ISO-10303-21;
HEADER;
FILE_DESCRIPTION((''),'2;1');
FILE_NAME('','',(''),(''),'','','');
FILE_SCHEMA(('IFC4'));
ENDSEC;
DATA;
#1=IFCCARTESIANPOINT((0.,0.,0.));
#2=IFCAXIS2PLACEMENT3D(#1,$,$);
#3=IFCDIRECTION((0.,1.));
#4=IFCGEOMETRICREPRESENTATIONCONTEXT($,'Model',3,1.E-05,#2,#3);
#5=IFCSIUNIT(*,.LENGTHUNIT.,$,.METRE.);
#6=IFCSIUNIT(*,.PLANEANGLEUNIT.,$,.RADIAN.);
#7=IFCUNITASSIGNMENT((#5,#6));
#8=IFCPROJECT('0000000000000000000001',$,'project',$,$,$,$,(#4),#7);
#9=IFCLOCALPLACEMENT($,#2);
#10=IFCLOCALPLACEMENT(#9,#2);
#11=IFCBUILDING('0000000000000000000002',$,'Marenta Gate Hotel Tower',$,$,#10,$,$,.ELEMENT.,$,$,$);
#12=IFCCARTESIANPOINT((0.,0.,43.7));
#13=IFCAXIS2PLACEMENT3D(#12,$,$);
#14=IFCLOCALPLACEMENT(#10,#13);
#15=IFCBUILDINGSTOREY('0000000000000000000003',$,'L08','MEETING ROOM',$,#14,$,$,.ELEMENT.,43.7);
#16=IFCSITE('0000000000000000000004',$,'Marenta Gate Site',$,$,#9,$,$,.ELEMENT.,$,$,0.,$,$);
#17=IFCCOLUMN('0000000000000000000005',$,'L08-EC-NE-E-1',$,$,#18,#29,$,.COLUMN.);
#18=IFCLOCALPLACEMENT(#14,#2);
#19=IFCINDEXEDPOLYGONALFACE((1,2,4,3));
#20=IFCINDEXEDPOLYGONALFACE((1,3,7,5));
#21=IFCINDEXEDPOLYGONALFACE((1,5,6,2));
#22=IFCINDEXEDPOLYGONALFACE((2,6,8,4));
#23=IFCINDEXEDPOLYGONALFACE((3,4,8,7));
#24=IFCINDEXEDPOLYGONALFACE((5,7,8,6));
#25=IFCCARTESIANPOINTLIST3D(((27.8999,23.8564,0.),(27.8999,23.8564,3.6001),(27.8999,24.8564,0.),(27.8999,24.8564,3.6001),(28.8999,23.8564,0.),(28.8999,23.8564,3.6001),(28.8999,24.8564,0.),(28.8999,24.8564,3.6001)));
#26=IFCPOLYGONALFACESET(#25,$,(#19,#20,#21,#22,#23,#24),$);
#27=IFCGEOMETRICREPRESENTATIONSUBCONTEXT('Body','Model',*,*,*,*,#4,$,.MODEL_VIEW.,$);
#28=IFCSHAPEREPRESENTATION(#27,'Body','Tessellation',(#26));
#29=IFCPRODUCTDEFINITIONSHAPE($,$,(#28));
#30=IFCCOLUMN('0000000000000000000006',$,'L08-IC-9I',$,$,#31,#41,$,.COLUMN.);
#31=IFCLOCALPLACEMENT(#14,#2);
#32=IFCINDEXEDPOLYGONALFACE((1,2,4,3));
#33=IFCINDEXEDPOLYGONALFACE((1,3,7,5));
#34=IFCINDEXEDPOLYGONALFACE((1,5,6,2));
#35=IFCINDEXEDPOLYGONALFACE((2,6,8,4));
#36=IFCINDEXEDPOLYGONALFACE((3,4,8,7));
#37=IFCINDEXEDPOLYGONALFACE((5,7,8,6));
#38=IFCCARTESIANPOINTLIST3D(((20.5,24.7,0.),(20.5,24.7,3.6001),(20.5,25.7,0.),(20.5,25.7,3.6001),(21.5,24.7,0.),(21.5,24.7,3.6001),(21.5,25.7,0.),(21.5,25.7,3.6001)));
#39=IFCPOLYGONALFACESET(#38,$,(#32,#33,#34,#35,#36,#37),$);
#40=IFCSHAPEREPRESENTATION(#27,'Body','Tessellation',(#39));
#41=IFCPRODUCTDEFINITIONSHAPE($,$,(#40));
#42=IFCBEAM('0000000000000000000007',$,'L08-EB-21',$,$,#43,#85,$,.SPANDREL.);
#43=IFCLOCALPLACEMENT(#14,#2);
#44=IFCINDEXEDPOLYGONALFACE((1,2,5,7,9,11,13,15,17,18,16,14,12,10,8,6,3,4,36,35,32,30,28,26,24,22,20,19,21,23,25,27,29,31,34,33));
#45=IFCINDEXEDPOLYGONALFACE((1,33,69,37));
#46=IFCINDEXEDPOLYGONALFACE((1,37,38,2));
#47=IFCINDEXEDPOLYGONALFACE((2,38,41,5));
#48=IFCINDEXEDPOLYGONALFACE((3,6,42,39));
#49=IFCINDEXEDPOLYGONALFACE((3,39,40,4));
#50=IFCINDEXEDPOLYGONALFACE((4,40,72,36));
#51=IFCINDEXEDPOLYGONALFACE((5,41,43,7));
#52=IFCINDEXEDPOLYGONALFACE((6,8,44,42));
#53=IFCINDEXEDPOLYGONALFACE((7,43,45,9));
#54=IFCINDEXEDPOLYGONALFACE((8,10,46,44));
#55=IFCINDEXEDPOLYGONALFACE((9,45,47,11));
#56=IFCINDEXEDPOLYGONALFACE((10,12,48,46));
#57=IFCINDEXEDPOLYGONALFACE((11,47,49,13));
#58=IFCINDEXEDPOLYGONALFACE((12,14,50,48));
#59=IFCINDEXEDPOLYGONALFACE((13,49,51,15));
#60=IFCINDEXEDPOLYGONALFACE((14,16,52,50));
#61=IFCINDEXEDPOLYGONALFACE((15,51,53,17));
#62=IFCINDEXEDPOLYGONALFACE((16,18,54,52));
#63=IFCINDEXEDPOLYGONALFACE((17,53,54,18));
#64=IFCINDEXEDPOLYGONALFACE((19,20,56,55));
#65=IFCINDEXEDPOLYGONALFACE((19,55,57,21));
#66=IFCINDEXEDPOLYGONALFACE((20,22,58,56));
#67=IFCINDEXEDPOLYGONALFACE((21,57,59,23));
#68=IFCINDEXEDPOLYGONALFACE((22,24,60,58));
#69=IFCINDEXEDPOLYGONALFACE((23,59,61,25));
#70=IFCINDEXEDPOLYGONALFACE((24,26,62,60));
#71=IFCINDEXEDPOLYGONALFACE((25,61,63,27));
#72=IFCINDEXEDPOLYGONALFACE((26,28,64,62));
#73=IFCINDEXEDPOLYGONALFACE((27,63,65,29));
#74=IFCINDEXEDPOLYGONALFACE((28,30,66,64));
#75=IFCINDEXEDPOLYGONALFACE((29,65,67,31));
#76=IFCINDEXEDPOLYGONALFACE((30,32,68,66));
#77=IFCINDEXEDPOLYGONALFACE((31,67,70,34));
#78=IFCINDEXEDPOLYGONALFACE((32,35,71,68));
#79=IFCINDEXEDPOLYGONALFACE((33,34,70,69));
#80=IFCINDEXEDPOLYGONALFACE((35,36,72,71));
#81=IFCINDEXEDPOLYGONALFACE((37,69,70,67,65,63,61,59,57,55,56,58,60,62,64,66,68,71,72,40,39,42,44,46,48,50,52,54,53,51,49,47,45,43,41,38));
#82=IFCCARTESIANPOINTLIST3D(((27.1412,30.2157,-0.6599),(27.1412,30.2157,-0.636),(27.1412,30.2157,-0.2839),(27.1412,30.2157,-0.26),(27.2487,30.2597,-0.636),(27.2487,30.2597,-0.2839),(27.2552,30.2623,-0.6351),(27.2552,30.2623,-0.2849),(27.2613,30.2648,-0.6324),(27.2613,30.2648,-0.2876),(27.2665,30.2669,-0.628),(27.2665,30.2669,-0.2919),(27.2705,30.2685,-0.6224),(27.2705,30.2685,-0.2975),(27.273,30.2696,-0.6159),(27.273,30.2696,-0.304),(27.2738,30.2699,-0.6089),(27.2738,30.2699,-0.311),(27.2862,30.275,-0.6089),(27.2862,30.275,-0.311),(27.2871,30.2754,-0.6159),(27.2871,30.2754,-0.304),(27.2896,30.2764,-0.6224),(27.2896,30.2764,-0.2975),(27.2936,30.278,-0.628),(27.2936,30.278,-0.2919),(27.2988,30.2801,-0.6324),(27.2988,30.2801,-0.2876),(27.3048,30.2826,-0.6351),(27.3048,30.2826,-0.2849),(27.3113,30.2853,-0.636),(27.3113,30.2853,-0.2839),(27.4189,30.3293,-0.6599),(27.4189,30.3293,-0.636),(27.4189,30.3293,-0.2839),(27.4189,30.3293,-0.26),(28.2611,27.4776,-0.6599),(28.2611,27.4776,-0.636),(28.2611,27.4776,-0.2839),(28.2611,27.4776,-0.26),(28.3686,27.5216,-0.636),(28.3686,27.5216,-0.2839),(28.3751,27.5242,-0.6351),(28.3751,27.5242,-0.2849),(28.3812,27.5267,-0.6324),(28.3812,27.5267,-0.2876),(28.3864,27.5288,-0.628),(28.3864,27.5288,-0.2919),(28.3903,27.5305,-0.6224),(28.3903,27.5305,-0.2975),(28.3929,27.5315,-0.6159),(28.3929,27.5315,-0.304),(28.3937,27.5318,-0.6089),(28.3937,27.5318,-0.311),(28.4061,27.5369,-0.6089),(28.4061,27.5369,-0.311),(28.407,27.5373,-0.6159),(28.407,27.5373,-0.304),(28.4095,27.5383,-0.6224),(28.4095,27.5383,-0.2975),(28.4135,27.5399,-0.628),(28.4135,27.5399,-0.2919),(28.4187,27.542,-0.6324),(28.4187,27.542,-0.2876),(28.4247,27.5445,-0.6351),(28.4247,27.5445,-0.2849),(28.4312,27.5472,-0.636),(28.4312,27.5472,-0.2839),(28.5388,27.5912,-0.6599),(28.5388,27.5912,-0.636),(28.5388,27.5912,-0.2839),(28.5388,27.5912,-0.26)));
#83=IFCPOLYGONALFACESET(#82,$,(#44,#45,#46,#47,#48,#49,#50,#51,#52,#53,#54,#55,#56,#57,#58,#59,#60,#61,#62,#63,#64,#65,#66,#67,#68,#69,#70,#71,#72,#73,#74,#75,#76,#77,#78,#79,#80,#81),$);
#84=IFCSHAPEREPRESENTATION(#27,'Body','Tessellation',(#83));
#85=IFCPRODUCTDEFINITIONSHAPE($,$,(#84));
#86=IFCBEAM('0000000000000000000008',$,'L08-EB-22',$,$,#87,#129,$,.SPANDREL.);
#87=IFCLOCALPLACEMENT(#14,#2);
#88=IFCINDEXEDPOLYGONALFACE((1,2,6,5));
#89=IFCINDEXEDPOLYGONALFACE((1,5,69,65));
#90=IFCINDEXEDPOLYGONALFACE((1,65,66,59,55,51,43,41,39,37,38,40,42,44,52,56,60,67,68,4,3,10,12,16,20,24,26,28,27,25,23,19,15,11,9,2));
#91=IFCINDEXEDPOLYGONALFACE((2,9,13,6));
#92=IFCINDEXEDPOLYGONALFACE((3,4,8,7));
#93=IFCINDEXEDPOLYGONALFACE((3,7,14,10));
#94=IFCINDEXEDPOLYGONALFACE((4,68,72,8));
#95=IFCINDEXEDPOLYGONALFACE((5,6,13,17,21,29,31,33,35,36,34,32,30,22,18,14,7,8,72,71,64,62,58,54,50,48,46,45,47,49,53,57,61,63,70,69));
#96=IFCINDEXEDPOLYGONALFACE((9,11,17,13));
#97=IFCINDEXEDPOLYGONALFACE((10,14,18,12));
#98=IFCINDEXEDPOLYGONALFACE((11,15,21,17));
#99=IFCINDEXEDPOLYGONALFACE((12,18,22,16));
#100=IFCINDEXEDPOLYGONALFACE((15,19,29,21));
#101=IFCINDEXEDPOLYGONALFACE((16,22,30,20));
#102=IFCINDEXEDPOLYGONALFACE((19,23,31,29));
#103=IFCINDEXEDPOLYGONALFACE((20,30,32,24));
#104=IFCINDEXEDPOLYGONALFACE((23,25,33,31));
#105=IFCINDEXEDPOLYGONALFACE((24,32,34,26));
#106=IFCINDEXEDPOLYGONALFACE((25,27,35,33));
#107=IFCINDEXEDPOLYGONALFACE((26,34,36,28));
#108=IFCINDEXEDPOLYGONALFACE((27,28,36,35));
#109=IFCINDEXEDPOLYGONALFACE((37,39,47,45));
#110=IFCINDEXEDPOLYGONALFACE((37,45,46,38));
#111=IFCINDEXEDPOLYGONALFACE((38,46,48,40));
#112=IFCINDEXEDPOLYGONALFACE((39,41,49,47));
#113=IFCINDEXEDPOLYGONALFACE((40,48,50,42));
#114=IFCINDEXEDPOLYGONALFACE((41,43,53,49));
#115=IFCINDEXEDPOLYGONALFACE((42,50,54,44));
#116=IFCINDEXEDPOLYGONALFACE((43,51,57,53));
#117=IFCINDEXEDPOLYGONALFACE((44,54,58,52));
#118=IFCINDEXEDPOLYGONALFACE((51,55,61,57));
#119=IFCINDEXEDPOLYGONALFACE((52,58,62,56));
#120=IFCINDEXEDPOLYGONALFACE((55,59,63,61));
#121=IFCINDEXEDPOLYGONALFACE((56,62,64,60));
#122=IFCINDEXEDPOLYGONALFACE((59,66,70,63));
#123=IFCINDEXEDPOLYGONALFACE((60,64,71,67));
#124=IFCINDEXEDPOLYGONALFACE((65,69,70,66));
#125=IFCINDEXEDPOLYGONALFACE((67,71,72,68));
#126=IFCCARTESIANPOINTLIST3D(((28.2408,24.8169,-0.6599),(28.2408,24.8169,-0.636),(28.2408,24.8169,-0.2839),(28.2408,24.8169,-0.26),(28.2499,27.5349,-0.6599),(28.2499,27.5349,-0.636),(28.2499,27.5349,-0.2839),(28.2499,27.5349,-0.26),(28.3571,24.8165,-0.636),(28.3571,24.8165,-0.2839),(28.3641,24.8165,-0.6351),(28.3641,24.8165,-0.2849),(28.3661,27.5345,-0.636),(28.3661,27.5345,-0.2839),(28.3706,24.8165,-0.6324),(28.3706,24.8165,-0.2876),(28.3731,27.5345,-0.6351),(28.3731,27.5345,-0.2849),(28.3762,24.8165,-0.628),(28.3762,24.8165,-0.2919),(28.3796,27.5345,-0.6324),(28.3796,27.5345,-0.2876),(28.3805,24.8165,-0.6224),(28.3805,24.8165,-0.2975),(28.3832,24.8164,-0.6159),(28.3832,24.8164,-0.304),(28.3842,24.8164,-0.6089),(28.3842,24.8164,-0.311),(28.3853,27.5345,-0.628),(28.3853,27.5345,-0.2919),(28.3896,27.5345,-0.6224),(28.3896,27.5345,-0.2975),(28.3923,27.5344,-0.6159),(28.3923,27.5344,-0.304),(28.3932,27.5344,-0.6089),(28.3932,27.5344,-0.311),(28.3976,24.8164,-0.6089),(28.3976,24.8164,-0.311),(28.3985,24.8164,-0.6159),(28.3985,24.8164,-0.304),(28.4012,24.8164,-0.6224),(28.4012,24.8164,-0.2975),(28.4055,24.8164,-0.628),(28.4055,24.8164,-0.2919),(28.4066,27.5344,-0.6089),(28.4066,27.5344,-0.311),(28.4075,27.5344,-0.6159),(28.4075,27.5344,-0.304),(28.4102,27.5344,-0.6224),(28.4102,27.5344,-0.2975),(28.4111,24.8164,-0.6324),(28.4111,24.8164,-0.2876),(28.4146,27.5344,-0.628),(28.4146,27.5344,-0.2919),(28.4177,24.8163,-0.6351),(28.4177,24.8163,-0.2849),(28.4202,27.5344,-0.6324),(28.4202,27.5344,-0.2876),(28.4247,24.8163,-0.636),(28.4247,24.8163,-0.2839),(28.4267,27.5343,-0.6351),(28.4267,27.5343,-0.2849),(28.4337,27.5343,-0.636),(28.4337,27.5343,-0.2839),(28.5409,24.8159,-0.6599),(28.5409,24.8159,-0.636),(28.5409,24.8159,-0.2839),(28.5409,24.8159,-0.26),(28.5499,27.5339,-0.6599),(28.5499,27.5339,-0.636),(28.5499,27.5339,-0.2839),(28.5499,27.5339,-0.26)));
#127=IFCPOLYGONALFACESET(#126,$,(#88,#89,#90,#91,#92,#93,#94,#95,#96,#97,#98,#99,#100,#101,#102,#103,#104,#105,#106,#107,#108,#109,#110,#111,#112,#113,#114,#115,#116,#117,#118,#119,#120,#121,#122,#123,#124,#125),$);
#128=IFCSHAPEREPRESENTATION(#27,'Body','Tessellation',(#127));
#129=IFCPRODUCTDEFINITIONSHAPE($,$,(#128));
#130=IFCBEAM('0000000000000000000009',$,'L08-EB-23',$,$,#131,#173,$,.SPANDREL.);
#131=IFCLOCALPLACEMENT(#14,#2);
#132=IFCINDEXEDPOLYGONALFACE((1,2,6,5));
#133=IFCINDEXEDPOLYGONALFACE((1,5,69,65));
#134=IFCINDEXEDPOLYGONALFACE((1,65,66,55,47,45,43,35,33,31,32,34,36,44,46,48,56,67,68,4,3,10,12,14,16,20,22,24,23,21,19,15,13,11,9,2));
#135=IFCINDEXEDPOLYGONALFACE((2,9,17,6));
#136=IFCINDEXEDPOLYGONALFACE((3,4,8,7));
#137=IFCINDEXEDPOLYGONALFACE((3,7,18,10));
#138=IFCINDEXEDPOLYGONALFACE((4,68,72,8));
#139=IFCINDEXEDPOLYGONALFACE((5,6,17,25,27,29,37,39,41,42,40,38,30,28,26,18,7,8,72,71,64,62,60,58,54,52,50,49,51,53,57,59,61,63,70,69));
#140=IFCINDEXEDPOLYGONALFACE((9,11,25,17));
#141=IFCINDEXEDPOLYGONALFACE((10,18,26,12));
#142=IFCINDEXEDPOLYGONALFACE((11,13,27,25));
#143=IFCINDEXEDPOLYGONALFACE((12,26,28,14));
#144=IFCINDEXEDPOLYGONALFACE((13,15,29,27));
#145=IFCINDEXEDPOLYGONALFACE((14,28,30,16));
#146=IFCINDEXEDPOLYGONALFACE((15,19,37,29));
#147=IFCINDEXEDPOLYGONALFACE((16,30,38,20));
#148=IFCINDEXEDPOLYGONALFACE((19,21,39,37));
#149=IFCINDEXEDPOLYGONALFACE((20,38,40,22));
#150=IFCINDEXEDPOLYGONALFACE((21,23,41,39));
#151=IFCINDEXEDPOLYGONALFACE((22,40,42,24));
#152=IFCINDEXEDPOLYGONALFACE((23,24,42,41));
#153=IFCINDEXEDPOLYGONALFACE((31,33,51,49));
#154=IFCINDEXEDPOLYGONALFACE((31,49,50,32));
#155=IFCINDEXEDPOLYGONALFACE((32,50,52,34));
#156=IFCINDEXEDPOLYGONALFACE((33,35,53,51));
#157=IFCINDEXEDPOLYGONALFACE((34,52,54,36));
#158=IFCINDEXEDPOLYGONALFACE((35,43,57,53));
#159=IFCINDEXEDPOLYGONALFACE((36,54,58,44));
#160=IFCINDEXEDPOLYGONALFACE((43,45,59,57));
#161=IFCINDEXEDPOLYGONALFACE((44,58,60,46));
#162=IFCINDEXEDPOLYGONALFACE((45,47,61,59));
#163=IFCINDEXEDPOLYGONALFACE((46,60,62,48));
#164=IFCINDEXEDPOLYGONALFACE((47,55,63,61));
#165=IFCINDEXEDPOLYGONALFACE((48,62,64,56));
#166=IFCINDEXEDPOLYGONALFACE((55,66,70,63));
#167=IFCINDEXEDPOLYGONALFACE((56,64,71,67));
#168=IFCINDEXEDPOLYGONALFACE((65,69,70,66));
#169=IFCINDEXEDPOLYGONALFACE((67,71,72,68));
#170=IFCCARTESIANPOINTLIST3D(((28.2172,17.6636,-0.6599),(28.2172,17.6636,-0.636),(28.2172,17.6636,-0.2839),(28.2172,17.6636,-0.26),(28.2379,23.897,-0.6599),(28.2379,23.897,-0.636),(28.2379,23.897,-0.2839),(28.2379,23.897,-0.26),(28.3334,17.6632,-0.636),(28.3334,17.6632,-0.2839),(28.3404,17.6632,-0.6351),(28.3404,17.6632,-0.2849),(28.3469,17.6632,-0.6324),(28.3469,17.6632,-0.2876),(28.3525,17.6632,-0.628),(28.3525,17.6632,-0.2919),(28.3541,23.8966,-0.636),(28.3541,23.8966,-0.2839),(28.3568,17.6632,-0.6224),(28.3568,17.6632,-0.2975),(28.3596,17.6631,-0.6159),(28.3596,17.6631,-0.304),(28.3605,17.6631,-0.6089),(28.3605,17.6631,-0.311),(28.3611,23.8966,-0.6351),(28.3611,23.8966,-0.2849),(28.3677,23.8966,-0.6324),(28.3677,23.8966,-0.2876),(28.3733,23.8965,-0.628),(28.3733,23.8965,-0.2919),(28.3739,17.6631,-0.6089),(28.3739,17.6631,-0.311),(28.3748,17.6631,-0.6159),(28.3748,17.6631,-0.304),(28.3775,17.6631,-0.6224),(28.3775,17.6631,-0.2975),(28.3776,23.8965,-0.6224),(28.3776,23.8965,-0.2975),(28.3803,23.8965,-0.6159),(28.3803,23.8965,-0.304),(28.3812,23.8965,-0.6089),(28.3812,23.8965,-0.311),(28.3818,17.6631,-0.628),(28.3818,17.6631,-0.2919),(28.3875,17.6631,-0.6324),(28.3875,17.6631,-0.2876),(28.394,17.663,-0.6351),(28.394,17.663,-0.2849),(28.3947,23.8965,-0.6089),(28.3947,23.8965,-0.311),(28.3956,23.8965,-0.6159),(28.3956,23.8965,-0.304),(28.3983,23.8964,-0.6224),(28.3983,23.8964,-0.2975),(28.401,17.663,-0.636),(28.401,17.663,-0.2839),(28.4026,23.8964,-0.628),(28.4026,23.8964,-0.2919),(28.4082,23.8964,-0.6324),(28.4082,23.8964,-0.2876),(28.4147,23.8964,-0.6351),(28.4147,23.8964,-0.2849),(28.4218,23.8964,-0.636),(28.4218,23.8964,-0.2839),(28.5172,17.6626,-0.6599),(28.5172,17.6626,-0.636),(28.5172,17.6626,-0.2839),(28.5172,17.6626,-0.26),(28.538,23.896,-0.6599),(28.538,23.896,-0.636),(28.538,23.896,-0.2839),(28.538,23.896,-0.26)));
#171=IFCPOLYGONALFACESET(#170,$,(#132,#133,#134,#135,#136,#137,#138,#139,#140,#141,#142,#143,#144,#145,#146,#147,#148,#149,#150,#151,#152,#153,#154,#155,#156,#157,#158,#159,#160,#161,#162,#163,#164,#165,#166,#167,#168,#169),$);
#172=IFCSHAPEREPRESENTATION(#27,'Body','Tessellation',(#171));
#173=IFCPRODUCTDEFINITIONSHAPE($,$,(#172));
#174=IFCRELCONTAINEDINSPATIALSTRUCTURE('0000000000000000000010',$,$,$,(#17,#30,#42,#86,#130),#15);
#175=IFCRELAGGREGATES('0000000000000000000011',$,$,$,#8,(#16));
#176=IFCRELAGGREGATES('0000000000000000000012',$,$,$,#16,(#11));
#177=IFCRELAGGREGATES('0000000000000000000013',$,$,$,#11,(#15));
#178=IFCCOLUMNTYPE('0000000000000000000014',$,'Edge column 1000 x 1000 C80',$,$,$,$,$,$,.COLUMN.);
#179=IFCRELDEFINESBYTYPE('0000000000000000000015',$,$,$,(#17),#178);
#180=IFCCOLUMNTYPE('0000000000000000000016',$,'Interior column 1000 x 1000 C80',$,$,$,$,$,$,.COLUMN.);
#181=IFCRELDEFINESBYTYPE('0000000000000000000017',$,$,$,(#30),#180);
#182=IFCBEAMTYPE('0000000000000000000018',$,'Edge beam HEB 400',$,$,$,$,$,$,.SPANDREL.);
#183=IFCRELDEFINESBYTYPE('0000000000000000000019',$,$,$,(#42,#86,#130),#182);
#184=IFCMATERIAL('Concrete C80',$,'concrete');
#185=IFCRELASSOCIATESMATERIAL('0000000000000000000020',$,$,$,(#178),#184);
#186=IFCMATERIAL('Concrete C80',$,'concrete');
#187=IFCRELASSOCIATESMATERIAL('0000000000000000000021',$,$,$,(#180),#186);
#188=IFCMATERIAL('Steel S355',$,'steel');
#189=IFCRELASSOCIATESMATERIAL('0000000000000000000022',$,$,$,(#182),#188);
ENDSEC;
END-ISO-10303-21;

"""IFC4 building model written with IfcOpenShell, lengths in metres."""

from ifc_helpers import new_model, si_unit, direction, frame, origin, origin_2d, place, context, subcontext, project, spatial, rectangle, i_section, extrude, material, material_profile, profile_set, type_object, element, save


model = new_model("IFC4")

# Units and contexts
model_context = context("Model", 3, precision=1e-05, world=origin(), true_north=direction((0.0, 1.0)))
body_context = subcontext(model_context, "Body", "Model", "MODEL_VIEW")
ifc_project = project(units=[si_unit("LENGTHUNIT", "METRE"), si_unit("PLANEANGLEUNIT", "RADIAN")], contexts=[model_context])

# Site, building, storey
site_placement = place(None, origin())
site = spatial("IfcSite", under=ifc_project, at=site_placement, Name="Marenta Gate Site", CompositionType="ELEMENT", RefElevation=0.0)
building_placement = place(site_placement, origin())
building = spatial("IfcBuilding", under=site, at=building_placement, Name="Marenta Gate Hotel Tower", CompositionType="ELEMENT")
storey_placement = place(building_placement, frame((0.0, 0.0, 43.7)))
storey = spatial("IfcBuildingStorey", under=building, at=storey_placement, Name="L08", Description="MEETING ROOM", CompositionType="ELEMENT", Elevation=43.7)

# Columns
ifc_material_1 = material(Name="Concrete C80", Category="concrete")
ifc_material_profile_1 = material_profile(ifc_material_1, rectangle(XDim=1.0, YDim=1.0, at=origin_2d()), Name="1000 x 1000")
ifc_profile_set_1 = profile_set([ifc_material_profile_1], Name="Concrete C80")
column_type_1 = type_object("IfcColumnType", Name="Edge column 1000 x 1000 C80", PredefinedType="COLUMN", material=ifc_profile_set_1)
column_1_placement = place(storey_placement, frame((28.3999, 24.3564, 0.0), z_axis=(0.0, 0.0, 1.0), x_axis=(1.0, 0.0, 0.0)))
element("IfcColumn", 1, at=column_1_placement, inside=storey, type_object=column_type_1, Name="L08-EC-NE-E-1", PredefinedType="COLUMN", context=body_context, shape_type="SweptSolid", body=[
    extrude(rectangle(XDim=1.0, YDim=1.0, at=origin_2d()), origin(), (0.0, 0.0, 1.0), 3.6001),
])
ifc_material_2 = material(Name="Concrete C80", Category="concrete")
ifc_material_profile_2 = material_profile(ifc_material_2, rectangle(XDim=1.0, YDim=1.0, at=origin_2d()), Name="1000 x 1000")
ifc_profile_set_2 = profile_set([ifc_material_profile_2], Name="Concrete C80")
column_type_2 = type_object("IfcColumnType", Name="Interior column 1000 x 1000 C80", PredefinedType="COLUMN", material=ifc_profile_set_2)
column_2_placement = place(storey_placement, frame((21.0, 25.2, 0.0), z_axis=(0.0, 0.0, 1.0), x_axis=(1.0, 0.0, 0.0)))
element("IfcColumn", 2, at=column_2_placement, inside=storey, type_object=column_type_2, Name="L08-IC-9I", PredefinedType="COLUMN", context=body_context, shape_type="SweptSolid", body=[
    extrude(rectangle(XDim=1.0, YDim=1.0, at=origin_2d()), origin(), (0.0, 0.0, 1.0), 3.6001),
])

# Beams
ifc_material_3 = material(Name="Steel S355", Category="steel")
ifc_material_profile_3 = material_profile(ifc_material_3, i_section(OverallWidth=0.3, OverallDepth=0.3999, WebThickness=0.0134, FlangeThickness=0.0239, FilletRadius=0.0271, at=origin_2d()), Name="HEB 400")
ifc_profile_set_3 = profile_set([ifc_material_profile_3], Name="Steel S355")
beam_type_1 = type_object("IfcBeamType", Name="Edge beam HEB 400", PredefinedType="SPANDREL", material=ifc_profile_set_3)
beam_1_placement = place(storey_placement, frame((27.28, 30.2725, -0.46), z_axis=(0.378565, -0.925575, 0.0), x_axis=(0.925575, 0.378565, 0.0)))
element("IfcBeam", 3, at=beam_1_placement, inside=storey, type_object=beam_type_1, Name="L08-EB-21", PredefinedType="SPANDREL", context=body_context, shape_type="SweptSolid", body=[
    extrude(i_section(OverallWidth=0.3, OverallDepth=0.3999, WebThickness=0.0134, FlangeThickness=0.0239, FilletRadius=0.0271, at=origin_2d()), origin(), (0.0, 0.0, 1.0), 2.9583),
])
beam_2_placement = place(storey_placement, frame((28.3999, 27.5344, -0.46), z_axis=(-0.003323, -0.999994, 0.0), x_axis=(0.999994, -0.003323, 0.0)))
element("IfcBeam", 4, at=beam_2_placement, inside=storey, type_object=beam_type_1, Name="L08-EB-22", PredefinedType="SPANDREL", context=body_context, shape_type="SweptSolid", body=[
    extrude(i_section(OverallWidth=0.3, OverallDepth=0.3999, WebThickness=0.0134, FlangeThickness=0.0239, FilletRadius=0.0271, at=origin_2d()), origin(), (0.0, 0.0, 1.0), 2.718),
])
beam_3_placement = place(storey_placement, frame((28.3879, 23.8965, -0.46), z_axis=(-0.003329, -0.999994, 0.0), x_axis=(0.999994, -0.003329, 0.0)))
element("IfcBeam", 5, at=beam_3_placement, inside=storey, type_object=beam_type_1, Name="L08-EB-23", PredefinedType="SPANDREL", context=body_context, shape_type="SweptSolid", body=[
    extrude(i_section(OverallWidth=0.3, OverallDepth=0.3999, WebThickness=0.0134, FlangeThickness=0.0239, FilletRadius=0.0271, at=origin_2d()), origin(), (0.0, 0.0, 1.0), 6.2334),
])

save(model, "model.ifc")
